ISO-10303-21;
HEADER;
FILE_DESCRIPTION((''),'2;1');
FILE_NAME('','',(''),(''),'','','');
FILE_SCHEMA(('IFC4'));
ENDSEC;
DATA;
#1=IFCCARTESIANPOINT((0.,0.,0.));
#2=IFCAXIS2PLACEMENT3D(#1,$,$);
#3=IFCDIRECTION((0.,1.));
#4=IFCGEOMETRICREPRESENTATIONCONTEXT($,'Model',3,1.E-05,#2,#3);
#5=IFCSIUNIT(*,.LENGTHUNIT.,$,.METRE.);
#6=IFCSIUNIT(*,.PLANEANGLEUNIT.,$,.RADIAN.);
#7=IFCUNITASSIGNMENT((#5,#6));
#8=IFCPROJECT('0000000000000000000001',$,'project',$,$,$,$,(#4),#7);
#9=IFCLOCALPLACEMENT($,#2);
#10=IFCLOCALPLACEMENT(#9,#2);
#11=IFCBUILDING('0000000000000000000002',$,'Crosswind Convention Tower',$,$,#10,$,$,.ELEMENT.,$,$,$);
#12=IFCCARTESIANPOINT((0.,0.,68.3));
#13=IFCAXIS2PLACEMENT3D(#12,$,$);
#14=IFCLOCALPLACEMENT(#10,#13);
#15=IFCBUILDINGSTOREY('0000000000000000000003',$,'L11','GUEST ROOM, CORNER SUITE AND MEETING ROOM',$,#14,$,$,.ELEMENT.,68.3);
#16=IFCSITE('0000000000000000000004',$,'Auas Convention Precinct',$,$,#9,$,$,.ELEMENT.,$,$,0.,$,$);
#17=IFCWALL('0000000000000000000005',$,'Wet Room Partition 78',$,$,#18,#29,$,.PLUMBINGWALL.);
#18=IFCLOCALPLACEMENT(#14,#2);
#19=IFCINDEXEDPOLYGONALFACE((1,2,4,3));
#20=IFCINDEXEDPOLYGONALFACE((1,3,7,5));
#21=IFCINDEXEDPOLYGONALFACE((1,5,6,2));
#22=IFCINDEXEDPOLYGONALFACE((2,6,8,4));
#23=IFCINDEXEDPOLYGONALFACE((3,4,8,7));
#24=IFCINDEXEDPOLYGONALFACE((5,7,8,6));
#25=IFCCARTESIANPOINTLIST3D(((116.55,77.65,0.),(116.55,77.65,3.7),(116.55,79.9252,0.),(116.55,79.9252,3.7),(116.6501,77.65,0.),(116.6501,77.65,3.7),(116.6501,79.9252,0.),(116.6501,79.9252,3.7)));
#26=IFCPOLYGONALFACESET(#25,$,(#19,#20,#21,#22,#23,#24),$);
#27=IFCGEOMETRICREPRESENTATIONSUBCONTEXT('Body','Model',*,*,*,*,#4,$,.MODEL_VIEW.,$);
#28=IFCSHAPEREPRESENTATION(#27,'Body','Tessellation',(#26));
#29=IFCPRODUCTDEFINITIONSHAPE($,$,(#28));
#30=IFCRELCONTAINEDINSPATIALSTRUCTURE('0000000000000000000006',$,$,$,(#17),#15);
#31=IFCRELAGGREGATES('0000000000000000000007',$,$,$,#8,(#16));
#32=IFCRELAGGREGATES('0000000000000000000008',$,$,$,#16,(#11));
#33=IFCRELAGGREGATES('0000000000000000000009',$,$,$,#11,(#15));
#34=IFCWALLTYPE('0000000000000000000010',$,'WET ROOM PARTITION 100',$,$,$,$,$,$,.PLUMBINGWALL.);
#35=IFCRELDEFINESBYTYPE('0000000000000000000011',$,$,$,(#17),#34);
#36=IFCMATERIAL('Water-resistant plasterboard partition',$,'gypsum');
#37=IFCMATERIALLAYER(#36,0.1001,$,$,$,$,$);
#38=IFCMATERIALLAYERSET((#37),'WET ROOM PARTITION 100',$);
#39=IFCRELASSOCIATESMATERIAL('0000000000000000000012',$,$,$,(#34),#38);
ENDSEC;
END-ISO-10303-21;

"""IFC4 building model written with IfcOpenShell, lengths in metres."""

from ifc_helpers import new_model, si_unit, direction, frame, frame_2d, origin, place, context, subcontext, project, spatial, rectangle, extrude, material, layer, layer_set, type_object, element, save


model = new_model("IFC4")

# Units and contexts
model_context = context("Model", 3, precision=1e-05, world=origin(), true_north=direction((0.0, 1.0)))
body_context = subcontext(model_context, "Body", "Model", "MODEL_VIEW")
ifc_project = project(units=[si_unit("LENGTHUNIT", "METRE"), si_unit("PLANEANGLEUNIT", "RADIAN")], contexts=[model_context])

# Site, building, storey
site_placement = place(None, origin())
site = spatial("IfcSite", under=ifc_project, at=site_placement, Name="Auas Convention Precinct", CompositionType="ELEMENT", RefElevation=0.0)
building_placement = place(site_placement, origin())
building = spatial("IfcBuilding", under=site, at=building_placement, Name="Crosswind Convention Tower", CompositionType="ELEMENT")
storey_placement = place(building_placement, frame((0.0, 0.0, 68.3)))
storey = spatial("IfcBuildingStorey", under=building, at=storey_placement, Name="L11", Description="GUEST ROOM, CORNER SUITE AND MEETING ROOM", CompositionType="ELEMENT", Elevation=68.3)

# Shared definitions
ifc_material_1 = material(Name="Water-resistant plasterboard partition", Category="gypsum")
ifc_layer_1 = layer(ifc_material_1, 0.1001)
ifc_layer_set_1 = layer_set([ifc_layer_1], Name="WET ROOM PARTITION 100")
wall_type_1 = type_object("IfcWallType", Name="WET ROOM PARTITION 100", PredefinedType="PLUMBINGWALL", material=ifc_layer_set_1)

# Wall
wall_1_placement = place(storey_placement, frame((116.6001, 77.6499, 0.0), z_axis=(0.0, 0.0, 1.0), x_axis=(0.0, 1.0, 0.0)))
element("IfcWall", 1, at=wall_1_placement, inside=storey, type_object=wall_type_1, Name="Wet Room Partition 78", PredefinedType="PLUMBINGWALL", context=body_context, shape_type="SweptSolid", body=[
    extrude(rectangle(XDim=2.2751, YDim=0.1001, at=frame_2d((1.1377, 0.0))), origin(), (0.0, 0.0, 1.0), 3.7),
])

save(model, "model.ifc")
